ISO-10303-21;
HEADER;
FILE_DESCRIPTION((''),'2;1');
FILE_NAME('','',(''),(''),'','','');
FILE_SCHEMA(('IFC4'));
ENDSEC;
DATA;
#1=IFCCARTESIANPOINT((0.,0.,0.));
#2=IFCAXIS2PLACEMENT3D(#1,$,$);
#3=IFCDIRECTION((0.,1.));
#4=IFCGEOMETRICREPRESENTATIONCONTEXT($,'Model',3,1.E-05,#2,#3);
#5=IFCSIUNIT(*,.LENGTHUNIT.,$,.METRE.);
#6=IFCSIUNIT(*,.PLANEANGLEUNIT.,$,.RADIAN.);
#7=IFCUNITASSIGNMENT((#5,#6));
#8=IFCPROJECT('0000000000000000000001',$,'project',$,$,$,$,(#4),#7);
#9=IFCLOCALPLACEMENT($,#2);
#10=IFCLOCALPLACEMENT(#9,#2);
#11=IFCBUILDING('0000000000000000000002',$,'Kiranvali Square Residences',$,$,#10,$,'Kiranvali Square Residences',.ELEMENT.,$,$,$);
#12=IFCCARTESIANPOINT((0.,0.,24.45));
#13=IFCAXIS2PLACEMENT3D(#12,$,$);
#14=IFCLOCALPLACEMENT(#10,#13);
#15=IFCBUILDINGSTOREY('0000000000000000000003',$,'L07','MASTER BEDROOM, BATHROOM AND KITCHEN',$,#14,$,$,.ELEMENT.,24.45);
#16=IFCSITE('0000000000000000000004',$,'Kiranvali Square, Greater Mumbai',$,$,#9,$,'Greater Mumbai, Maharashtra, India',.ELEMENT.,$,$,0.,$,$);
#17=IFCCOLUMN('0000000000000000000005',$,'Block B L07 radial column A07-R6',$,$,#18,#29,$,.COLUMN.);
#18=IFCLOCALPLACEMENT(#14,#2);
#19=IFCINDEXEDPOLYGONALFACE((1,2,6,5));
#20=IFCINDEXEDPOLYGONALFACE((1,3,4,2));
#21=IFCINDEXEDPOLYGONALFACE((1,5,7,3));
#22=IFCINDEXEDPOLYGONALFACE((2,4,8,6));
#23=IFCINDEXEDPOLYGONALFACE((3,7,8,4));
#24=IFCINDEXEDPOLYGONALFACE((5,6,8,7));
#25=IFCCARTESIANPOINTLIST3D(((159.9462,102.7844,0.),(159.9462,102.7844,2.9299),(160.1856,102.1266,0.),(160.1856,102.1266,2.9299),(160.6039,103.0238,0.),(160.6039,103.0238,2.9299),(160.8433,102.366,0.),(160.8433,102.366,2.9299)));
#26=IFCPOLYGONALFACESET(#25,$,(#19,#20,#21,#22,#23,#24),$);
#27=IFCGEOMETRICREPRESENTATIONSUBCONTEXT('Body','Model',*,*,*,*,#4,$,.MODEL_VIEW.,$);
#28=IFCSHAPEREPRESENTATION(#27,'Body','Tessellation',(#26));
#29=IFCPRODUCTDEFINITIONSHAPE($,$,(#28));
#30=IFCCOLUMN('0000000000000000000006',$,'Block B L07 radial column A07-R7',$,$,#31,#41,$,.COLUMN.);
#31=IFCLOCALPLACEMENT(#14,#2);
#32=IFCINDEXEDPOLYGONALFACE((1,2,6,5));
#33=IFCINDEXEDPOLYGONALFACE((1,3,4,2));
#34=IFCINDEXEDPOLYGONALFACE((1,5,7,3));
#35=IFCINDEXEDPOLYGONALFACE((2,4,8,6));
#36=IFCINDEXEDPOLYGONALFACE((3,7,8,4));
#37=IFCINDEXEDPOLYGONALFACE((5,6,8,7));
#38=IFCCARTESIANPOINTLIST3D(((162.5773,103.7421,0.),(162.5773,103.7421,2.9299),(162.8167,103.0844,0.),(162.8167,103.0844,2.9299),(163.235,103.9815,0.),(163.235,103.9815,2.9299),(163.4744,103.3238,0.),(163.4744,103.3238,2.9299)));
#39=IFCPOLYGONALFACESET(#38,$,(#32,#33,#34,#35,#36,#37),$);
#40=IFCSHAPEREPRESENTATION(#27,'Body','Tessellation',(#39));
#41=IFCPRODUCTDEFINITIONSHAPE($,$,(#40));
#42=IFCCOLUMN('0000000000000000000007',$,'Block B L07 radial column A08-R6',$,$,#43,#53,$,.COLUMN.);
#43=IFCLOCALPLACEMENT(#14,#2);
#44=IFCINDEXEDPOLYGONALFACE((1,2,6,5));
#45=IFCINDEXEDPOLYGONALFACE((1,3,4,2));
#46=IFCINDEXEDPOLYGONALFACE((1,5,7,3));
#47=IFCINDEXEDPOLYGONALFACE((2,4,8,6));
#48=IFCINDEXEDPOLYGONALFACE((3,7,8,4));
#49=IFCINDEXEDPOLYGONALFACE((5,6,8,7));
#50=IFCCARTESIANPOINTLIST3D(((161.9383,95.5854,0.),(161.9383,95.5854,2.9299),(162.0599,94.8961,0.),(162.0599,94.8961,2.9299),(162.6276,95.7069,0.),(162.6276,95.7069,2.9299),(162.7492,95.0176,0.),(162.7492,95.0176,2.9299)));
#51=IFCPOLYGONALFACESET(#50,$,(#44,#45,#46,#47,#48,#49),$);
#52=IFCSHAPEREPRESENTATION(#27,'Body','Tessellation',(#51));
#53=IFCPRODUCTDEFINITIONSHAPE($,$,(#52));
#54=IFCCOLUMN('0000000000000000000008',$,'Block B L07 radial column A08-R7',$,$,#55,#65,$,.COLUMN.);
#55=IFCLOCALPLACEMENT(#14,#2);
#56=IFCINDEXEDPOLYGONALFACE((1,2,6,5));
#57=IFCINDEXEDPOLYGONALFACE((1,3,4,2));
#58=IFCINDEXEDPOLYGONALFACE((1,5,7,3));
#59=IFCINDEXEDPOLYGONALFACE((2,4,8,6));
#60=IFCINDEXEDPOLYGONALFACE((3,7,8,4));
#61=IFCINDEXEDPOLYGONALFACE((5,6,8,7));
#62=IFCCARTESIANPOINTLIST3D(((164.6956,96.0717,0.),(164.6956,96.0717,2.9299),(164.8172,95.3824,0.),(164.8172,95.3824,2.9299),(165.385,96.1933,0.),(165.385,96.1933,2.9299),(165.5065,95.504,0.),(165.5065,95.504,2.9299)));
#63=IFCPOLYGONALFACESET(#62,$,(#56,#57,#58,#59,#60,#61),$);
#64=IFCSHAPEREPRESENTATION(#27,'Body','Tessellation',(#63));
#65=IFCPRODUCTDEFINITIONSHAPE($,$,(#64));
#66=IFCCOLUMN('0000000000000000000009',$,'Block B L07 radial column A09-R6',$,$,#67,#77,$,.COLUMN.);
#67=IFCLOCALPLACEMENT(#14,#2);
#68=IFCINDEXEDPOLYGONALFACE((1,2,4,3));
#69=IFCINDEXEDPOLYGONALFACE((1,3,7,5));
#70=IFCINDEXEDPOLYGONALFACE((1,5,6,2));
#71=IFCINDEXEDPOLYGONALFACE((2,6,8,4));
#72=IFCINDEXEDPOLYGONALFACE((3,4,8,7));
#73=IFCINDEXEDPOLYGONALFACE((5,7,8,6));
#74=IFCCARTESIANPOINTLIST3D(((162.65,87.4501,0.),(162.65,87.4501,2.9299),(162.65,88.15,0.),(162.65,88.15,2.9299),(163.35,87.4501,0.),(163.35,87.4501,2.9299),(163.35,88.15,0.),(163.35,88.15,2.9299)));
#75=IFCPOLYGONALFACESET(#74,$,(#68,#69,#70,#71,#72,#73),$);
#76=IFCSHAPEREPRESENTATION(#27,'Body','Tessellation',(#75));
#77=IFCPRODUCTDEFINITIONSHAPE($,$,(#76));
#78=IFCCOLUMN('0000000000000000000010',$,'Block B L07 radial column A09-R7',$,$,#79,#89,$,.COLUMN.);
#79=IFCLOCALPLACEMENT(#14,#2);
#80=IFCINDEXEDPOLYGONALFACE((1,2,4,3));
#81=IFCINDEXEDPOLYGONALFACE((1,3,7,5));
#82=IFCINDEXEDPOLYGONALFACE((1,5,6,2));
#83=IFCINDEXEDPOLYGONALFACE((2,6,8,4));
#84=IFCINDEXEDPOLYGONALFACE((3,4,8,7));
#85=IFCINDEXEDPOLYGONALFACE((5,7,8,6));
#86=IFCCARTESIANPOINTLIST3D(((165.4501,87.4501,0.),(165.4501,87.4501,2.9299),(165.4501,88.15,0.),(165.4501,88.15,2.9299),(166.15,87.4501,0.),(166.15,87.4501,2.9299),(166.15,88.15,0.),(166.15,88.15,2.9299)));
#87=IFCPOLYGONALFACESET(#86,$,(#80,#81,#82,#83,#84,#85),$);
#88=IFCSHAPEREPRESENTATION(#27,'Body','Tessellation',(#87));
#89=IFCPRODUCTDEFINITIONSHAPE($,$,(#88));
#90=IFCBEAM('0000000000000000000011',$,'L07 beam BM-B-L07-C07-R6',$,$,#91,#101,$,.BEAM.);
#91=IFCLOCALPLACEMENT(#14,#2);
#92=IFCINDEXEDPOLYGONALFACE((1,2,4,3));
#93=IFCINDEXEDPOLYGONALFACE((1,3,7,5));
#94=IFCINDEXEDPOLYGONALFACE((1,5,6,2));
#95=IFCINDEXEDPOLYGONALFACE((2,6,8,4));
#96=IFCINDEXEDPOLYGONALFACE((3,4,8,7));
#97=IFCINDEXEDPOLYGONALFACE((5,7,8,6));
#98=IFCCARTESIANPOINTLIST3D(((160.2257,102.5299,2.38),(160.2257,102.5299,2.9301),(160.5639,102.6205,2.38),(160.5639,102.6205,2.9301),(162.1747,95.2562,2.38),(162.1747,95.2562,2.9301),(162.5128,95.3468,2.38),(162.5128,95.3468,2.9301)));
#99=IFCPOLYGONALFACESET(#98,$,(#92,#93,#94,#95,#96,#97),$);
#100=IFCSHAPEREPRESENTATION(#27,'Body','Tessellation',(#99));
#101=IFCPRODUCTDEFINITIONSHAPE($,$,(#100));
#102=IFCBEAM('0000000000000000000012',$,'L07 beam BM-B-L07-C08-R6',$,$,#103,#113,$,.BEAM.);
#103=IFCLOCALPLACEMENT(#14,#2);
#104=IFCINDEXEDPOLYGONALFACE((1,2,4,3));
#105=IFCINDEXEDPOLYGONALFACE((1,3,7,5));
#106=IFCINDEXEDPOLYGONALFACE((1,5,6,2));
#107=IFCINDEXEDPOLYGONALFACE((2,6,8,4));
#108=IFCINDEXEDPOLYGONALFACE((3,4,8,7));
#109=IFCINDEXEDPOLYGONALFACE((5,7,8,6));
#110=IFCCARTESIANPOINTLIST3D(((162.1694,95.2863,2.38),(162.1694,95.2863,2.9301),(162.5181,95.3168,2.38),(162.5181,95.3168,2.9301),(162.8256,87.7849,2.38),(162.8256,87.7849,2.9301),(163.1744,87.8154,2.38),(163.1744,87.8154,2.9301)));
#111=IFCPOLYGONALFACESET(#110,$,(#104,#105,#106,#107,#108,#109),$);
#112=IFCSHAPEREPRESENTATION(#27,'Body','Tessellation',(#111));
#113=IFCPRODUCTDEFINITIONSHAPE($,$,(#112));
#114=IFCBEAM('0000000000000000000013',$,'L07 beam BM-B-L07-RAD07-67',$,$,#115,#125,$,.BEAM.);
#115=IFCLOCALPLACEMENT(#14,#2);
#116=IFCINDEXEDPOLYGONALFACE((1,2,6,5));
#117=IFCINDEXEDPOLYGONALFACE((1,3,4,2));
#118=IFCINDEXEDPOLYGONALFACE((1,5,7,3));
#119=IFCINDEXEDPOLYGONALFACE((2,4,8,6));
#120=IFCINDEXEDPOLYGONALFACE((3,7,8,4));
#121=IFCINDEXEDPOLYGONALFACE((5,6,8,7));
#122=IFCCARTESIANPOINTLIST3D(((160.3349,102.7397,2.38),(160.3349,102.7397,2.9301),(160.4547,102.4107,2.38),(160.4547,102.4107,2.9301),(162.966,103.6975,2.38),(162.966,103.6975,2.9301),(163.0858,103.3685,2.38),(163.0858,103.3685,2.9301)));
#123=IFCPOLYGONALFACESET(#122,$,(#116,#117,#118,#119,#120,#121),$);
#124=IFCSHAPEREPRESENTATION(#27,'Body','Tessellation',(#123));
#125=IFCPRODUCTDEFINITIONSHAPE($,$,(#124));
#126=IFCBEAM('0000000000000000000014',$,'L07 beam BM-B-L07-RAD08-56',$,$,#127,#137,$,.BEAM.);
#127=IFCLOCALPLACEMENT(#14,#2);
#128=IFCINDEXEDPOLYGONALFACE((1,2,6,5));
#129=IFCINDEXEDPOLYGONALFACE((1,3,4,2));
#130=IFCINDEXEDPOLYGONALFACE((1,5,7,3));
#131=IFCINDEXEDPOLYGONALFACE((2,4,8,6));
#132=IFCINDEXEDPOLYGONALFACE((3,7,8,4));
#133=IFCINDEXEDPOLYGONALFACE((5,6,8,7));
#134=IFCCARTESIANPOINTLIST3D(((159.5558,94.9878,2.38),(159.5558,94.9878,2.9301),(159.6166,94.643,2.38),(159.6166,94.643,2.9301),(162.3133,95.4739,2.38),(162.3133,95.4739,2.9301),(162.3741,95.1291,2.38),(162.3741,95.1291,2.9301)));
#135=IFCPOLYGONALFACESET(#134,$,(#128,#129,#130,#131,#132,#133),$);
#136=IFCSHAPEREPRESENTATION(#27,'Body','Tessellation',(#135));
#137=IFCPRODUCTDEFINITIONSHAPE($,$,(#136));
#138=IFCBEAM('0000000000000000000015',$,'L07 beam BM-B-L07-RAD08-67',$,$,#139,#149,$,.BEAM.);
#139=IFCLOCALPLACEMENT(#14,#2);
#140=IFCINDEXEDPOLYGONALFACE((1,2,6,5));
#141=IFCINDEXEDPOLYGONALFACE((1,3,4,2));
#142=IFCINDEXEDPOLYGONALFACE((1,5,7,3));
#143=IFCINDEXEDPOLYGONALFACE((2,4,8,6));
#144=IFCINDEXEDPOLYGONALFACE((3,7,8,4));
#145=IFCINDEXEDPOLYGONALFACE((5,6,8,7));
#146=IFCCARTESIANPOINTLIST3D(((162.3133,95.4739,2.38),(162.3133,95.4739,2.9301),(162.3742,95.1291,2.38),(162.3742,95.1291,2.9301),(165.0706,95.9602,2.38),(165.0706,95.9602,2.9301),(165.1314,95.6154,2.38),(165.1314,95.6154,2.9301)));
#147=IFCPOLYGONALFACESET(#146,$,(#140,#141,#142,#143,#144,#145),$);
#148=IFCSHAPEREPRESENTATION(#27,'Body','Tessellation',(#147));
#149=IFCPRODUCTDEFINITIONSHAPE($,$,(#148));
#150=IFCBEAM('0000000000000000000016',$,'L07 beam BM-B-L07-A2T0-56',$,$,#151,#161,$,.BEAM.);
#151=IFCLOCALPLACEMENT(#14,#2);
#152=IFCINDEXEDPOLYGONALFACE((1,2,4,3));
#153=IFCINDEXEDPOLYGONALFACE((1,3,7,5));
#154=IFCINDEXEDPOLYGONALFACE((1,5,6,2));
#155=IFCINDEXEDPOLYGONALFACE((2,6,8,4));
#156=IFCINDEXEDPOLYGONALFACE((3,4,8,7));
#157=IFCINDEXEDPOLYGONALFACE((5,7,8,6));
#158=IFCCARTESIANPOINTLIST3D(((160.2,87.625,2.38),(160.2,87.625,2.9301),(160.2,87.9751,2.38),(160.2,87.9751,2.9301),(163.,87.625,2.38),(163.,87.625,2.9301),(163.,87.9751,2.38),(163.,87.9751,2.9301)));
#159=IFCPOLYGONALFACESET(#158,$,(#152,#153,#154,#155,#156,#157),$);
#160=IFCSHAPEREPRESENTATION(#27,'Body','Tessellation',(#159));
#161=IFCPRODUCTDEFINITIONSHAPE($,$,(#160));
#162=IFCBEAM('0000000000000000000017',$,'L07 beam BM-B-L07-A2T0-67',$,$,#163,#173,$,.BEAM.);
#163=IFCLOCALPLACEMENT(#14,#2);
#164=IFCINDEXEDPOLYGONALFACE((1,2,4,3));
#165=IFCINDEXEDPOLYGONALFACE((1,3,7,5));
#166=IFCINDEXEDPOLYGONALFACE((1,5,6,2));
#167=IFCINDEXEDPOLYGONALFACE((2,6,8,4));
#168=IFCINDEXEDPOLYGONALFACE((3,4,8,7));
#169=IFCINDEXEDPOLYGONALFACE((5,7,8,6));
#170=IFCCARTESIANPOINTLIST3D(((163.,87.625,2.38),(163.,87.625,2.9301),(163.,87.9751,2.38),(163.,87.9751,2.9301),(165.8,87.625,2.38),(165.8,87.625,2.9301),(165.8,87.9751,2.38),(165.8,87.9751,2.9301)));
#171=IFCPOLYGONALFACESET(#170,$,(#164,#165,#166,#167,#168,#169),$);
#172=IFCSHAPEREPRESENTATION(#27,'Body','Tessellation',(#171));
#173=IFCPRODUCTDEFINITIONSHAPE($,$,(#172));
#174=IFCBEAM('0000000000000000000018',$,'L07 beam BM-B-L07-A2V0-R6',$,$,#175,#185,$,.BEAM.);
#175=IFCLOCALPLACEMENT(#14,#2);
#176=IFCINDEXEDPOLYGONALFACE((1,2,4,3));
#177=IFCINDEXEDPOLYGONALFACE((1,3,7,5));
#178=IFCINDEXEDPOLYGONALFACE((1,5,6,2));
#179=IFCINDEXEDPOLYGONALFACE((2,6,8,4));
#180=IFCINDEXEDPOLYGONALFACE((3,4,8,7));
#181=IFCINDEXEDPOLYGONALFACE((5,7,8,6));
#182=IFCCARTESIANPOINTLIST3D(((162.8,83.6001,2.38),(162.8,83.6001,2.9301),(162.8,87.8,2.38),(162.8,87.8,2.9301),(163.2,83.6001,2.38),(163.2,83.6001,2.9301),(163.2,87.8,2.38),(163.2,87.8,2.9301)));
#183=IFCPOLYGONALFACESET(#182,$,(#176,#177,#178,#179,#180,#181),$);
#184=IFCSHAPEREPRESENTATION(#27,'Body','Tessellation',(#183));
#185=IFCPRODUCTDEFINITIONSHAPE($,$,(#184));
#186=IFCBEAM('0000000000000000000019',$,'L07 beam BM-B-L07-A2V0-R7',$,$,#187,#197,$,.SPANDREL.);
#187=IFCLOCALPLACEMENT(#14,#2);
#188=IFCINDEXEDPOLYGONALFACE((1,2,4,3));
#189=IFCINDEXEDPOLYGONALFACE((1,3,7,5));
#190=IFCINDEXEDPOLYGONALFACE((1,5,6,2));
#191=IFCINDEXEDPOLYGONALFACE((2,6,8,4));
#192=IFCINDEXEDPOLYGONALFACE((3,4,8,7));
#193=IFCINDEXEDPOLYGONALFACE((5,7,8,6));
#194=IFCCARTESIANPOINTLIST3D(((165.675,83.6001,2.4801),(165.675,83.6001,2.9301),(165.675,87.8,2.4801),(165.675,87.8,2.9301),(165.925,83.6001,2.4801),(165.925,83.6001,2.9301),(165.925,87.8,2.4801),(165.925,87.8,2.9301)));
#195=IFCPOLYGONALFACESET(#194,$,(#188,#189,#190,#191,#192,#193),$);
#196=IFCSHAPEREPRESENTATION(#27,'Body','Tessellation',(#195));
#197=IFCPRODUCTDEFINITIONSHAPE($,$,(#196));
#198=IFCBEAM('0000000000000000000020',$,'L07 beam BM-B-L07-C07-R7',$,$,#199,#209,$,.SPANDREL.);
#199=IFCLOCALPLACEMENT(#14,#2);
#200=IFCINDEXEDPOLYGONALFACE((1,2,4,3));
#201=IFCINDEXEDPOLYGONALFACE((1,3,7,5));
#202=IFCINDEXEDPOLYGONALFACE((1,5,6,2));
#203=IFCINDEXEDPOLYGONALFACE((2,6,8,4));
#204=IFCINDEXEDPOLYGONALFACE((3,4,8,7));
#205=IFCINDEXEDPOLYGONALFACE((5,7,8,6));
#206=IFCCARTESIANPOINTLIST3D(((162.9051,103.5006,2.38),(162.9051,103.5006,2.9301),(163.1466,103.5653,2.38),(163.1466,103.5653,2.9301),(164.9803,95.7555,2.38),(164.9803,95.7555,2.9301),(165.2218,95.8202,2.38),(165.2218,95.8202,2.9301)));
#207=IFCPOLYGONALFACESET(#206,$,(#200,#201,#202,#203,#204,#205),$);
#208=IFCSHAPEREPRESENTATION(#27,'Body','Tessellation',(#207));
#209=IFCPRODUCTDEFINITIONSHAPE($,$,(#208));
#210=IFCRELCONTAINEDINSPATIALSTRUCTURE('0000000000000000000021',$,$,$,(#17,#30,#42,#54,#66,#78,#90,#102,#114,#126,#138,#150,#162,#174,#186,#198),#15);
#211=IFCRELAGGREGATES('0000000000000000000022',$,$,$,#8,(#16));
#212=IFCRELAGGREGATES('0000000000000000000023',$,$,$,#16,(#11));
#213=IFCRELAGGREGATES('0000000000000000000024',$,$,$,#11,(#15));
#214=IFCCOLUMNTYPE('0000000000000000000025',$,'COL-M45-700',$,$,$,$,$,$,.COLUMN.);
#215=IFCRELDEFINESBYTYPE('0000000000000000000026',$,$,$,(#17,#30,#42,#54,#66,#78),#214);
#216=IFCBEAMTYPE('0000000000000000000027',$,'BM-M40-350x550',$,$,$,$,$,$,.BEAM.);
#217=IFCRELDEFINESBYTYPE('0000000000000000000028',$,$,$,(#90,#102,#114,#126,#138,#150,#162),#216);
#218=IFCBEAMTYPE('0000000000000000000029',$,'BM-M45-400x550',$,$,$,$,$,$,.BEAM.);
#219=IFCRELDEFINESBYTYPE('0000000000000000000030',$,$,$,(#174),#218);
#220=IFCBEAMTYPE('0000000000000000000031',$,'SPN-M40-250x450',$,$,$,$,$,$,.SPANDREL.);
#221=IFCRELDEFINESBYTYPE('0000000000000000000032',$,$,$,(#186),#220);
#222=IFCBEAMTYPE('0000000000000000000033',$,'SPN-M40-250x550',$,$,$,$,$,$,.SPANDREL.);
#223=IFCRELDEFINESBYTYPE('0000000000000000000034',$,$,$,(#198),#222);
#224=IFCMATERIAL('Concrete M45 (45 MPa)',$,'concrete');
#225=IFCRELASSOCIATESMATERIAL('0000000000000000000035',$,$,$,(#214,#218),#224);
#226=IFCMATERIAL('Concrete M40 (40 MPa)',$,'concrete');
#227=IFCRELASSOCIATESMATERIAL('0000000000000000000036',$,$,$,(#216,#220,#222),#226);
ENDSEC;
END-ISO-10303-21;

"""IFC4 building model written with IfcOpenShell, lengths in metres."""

from ifc_helpers import new_model, si_unit, direction, frame, origin, origin_2d, place, context, subcontext, project, spatial, rectangle, extrude, material, material_profile, profile_set, type_object, element, save


model = new_model("IFC4")

# Units and contexts
model_context = context("Model", 3, precision=1e-05, world=origin(), true_north=direction((0.0, 1.0)))
body_context = subcontext(model_context, "Body", "Model", "MODEL_VIEW")
ifc_project = project(units=[si_unit("LENGTHUNIT", "METRE"), si_unit("PLANEANGLEUNIT", "RADIAN")], contexts=[model_context])

# Site, building, storey
site_placement = place(None, origin())
site = spatial("IfcSite", under=ifc_project, at=site_placement, Name="Kiranvali Square, Greater Mumbai", LongName="Greater Mumbai, Maharashtra, India", CompositionType="ELEMENT", RefElevation=0.0)
building_placement = place(site_placement, origin())
building = spatial("IfcBuilding", under=site, at=building_placement, Name="Kiranvali Square Residences", LongName="Kiranvali Square Residences", CompositionType="ELEMENT")
storey_placement = place(building_placement, frame((0.0, 0.0, 24.45)))
storey = spatial("IfcBuildingStorey", under=building, at=storey_placement, Name="L07", Description="MASTER BEDROOM, BATHROOM AND KITCHEN", CompositionType="ELEMENT", Elevation=24.45)

# Columns
ifc_material_1 = material(Name="Concrete M45 (45 MPa)", Category="concrete")
ifc_material_profile_1 = material_profile(ifc_material_1, rectangle(XDim=0.7, YDim=0.7, at=origin_2d()), Name="RC 700x700")
ifc_profile_set_1 = profile_set([ifc_material_profile_1], Name="Concrete M45 (45 MPa)")
column_type = type_object("IfcColumnType", Name="COL-M45-700", PredefinedType="COLUMN", material=ifc_profile_set_1)
for number, where, z_axis, x_axis, name in (
    (1, (160.3948, 102.5752, 0.0), (0.0, 0.0, 1.0), (-0.34202, 0.939693, 0.0), "Block B L07 radial column A07-R6"),
    (2, (163.0259, 103.533, 0.0), (0.0, 0.0, 1.0), (-0.34202, 0.939693, 0.0), "Block B L07 radial column A07-R7"),
    (3, (162.3438, 95.3015, 0.0), (0.0, 0.0, 1.0), (-0.173648, 0.984808, 0.0), "Block B L07 radial column A08-R6"),
    (4, (165.1011, 95.7878, 0.0), (0.0, 0.0, 1.0), (-0.173648, 0.984808, 0.0), "Block B L07 radial column A08-R7"),
    (5, (163.0, 87.8, 0.0), (0.0, 0.0, 1.0), (0.0, 1.0, 0.0), "Block B L07 radial column A09-R6"),
    (6, (165.8, 87.8, 0.0), (0.0, 0.0, 1.0), (0.0, 1.0, 0.0), "Block B L07 radial column A09-R7"),
):
    element("IfcColumn", number, at=place(storey_placement, frame(where, z_axis=z_axis, x_axis=x_axis)), inside=storey, type_object=column_type, Name=name, PredefinedType="COLUMN", context=body_context, shape_type="SweptSolid", body=[
        extrude(rectangle(XDim=0.7, YDim=0.7, at=origin_2d()), origin(), (0.0, 0.0, 1.0), 2.9299),
    ])

# Beams
ifc_material_2 = material(Name="Concrete M40 (40 MPa)", Category="concrete")
ifc_material_profile_2 = material_profile(ifc_material_2, rectangle(XDim=0.3501, YDim=0.55, at=origin_2d()), Name="RC 350x550")
ifc_profile_set_2 = profile_set([ifc_material_profile_2], Name="Concrete M40 (40 MPa)")
beam_type_1 = type_object("IfcBeamType", Name="BM-M40-350x550", PredefinedType="BEAM", material=ifc_profile_set_2)
beam_1_placement = place(storey_placement, frame((160.3948, 102.5752, 2.655), z_axis=(0.258819, -0.965926, 0.0), x_axis=(0.965926, 0.258819, 0.0)))
element("IfcBeam", 7, at=beam_1_placement, inside=storey, type_object=beam_type_1, Name="L07 beam BM-B-L07-C07-R6", PredefinedType="BEAM", context=body_context, shape_type="SweptSolid", body=[
    extrude(rectangle(XDim=0.3501, YDim=0.55, at=origin_2d()), origin(), (0.0, 0.0, 1.0), 7.5303),
])
beam_2_placement = place(storey_placement, frame((162.3438, 95.3015, 2.655), z_axis=(0.08715, -0.996195, 0.0), x_axis=(0.996195, 0.08715, 0.0)))
element("IfcBeam", 8, at=beam_2_placement, inside=storey, type_object=beam_type_1, Name="L07 beam BM-B-L07-C08-R6", PredefinedType="BEAM", context=body_context, shape_type="SweptSolid", body=[
    extrude(rectangle(XDim=0.3501, YDim=0.55, at=origin_2d()), origin(), (0.0, 0.0, 1.0), 7.53),
])
for number, where, z_axis, x_axis, name in (
    (9, (160.3948, 102.5752, 2.655), (0.939679, 0.342058, 0.0), (-0.342058, 0.939679, 0.0), "L07 beam BM-B-L07-RAD07-67"),
    (10, (159.5862, 94.8154, 2.655), (0.984817, 0.173596, 0.0), (-0.173596, 0.984817, 0.0), "L07 beam BM-B-L07-RAD08-56"),
):
    element("IfcBeam", number, at=place(storey_placement, frame(where, z_axis=z_axis, x_axis=x_axis)), inside=storey, type_object=beam_type_1, Name=name, PredefinedType="BEAM", context=body_context, shape_type="SweptSolid", body=[
        extrude(rectangle(XDim=0.3501, YDim=0.55, at=origin_2d()), origin(), (0.0, 0.0, 1.0), 2.8),
    ])
beam_3_placement = place(storey_placement, frame((162.3438, 95.3015, 2.655), z_axis=(0.984799, 0.173696, 0.0), x_axis=(-0.173696, 0.984799, 0.0)))
element("IfcBeam", 11, at=beam_3_placement, inside=storey, type_object=beam_type_1, Name="L07 beam BM-B-L07-RAD08-67", PredefinedType="BEAM", context=body_context, shape_type="SweptSolid", body=[
    extrude(rectangle(XDim=0.3501, YDim=0.55, at=origin_2d()), origin(), (0.0, 0.0, 1.0), 2.7998),
])
for number, where, z_axis, x_axis, name in (
    (12, (160.2, 87.8, 2.655), (1.0, 0.0, 0.0), (0.0, 1.0, 0.0), "L07 beam BM-B-L07-A2T0-56"),
    (13, (163.0, 87.8, 2.655), (1.0, 0.0, 0.0), (0.0, 1.0, 0.0), "L07 beam BM-B-L07-A2T0-67"),
):
    element("IfcBeam", number, at=place(storey_placement, frame(where, z_axis=z_axis, x_axis=x_axis)), inside=storey, type_object=beam_type_1, Name=name, PredefinedType="BEAM", context=body_context, shape_type="SweptSolid", body=[
        extrude(rectangle(XDim=0.3501, YDim=0.55, at=origin_2d()), origin(), (0.0, 0.0, 1.0), 2.8),
    ])
ifc_material_profile_3 = material_profile(ifc_material_1, rectangle(XDim=0.3999, YDim=0.55, at=origin_2d()), Name="RC 400x550")
ifc_profile_set_3 = profile_set([ifc_material_profile_3], Name="Concrete M45 (45 MPa)")
beam_type_2 = type_object("IfcBeamType", Name="BM-M45-400x550", PredefinedType="BEAM", material=ifc_profile_set_3)
beam_4_placement = place(storey_placement, frame((163.0, 87.8, 2.655), z_axis=(0.0, -1.0, 0.0), x_axis=(1.0, 0.0, 0.0)))
element("IfcBeam", 14, at=beam_4_placement, inside=storey, type_object=beam_type_2, Name="L07 beam BM-B-L07-A2V0-R6", PredefinedType="BEAM", context=body_context, shape_type="SweptSolid", body=[
    extrude(rectangle(XDim=0.3999, YDim=0.55, at=origin_2d()), origin(), (0.0, 0.0, 1.0), 4.2),
])
ifc_material_profile_4 = material_profile(ifc_material_2, rectangle(XDim=0.25, YDim=0.45, at=origin_2d()), Name="RC 250x450")
ifc_profile_set_4 = profile_set([ifc_material_profile_4], Name="Concrete M40 (40 MPa)")
beam_type_3 = type_object("IfcBeamType", Name="SPN-M40-250x450", PredefinedType="SPANDREL", material=ifc_profile_set_4)
beam_5_placement = place(storey_placement, frame((165.8, 87.8, 2.7051), z_axis=(0.0, -1.0, 0.0), x_axis=(1.0, 0.0, 0.0)))
element("IfcBeam", 15, at=beam_5_placement, inside=storey, type_object=beam_type_3, Name="L07 beam BM-B-L07-A2V0-R7", PredefinedType="SPANDREL", context=body_context, shape_type="SweptSolid", body=[
    extrude(rectangle(XDim=0.25, YDim=0.45, at=origin_2d()), origin(), (0.0, 0.0, 1.0), 4.2),
])
ifc_material_profile_5 = material_profile(ifc_material_2, rectangle(XDim=0.25, YDim=0.55, at=origin_2d()), Name="RC 250x550")
ifc_profile_set_5 = profile_set([ifc_material_profile_5], Name="Concrete M40 (40 MPa)")
beam_type_4 = type_object("IfcBeamType", Name="SPN-M40-250x550", PredefinedType="SPANDREL", material=ifc_profile_set_5)
for number, where, z_axis, x_axis, name in (
    (16, (163.0259, 103.533, 2.655), (0.258807, -0.965929, 0.0), (0.965929, 0.258807, 0.0), "L07 beam BM-B-L07-C07-R7"),
):
    element("IfcBeam", number, at=place(storey_placement, frame(where, z_axis=z_axis, x_axis=x_axis)), inside=storey, type_object=beam_type_4, Name=name, PredefinedType="SPANDREL", context=body_context, shape_type="SweptSolid", body=[
        extrude(rectangle(XDim=0.25, YDim=0.55, at=origin_2d()), origin(), (0.0, 0.0, 1.0), 8.0183),
    ])

save(model, "model.ifc")
